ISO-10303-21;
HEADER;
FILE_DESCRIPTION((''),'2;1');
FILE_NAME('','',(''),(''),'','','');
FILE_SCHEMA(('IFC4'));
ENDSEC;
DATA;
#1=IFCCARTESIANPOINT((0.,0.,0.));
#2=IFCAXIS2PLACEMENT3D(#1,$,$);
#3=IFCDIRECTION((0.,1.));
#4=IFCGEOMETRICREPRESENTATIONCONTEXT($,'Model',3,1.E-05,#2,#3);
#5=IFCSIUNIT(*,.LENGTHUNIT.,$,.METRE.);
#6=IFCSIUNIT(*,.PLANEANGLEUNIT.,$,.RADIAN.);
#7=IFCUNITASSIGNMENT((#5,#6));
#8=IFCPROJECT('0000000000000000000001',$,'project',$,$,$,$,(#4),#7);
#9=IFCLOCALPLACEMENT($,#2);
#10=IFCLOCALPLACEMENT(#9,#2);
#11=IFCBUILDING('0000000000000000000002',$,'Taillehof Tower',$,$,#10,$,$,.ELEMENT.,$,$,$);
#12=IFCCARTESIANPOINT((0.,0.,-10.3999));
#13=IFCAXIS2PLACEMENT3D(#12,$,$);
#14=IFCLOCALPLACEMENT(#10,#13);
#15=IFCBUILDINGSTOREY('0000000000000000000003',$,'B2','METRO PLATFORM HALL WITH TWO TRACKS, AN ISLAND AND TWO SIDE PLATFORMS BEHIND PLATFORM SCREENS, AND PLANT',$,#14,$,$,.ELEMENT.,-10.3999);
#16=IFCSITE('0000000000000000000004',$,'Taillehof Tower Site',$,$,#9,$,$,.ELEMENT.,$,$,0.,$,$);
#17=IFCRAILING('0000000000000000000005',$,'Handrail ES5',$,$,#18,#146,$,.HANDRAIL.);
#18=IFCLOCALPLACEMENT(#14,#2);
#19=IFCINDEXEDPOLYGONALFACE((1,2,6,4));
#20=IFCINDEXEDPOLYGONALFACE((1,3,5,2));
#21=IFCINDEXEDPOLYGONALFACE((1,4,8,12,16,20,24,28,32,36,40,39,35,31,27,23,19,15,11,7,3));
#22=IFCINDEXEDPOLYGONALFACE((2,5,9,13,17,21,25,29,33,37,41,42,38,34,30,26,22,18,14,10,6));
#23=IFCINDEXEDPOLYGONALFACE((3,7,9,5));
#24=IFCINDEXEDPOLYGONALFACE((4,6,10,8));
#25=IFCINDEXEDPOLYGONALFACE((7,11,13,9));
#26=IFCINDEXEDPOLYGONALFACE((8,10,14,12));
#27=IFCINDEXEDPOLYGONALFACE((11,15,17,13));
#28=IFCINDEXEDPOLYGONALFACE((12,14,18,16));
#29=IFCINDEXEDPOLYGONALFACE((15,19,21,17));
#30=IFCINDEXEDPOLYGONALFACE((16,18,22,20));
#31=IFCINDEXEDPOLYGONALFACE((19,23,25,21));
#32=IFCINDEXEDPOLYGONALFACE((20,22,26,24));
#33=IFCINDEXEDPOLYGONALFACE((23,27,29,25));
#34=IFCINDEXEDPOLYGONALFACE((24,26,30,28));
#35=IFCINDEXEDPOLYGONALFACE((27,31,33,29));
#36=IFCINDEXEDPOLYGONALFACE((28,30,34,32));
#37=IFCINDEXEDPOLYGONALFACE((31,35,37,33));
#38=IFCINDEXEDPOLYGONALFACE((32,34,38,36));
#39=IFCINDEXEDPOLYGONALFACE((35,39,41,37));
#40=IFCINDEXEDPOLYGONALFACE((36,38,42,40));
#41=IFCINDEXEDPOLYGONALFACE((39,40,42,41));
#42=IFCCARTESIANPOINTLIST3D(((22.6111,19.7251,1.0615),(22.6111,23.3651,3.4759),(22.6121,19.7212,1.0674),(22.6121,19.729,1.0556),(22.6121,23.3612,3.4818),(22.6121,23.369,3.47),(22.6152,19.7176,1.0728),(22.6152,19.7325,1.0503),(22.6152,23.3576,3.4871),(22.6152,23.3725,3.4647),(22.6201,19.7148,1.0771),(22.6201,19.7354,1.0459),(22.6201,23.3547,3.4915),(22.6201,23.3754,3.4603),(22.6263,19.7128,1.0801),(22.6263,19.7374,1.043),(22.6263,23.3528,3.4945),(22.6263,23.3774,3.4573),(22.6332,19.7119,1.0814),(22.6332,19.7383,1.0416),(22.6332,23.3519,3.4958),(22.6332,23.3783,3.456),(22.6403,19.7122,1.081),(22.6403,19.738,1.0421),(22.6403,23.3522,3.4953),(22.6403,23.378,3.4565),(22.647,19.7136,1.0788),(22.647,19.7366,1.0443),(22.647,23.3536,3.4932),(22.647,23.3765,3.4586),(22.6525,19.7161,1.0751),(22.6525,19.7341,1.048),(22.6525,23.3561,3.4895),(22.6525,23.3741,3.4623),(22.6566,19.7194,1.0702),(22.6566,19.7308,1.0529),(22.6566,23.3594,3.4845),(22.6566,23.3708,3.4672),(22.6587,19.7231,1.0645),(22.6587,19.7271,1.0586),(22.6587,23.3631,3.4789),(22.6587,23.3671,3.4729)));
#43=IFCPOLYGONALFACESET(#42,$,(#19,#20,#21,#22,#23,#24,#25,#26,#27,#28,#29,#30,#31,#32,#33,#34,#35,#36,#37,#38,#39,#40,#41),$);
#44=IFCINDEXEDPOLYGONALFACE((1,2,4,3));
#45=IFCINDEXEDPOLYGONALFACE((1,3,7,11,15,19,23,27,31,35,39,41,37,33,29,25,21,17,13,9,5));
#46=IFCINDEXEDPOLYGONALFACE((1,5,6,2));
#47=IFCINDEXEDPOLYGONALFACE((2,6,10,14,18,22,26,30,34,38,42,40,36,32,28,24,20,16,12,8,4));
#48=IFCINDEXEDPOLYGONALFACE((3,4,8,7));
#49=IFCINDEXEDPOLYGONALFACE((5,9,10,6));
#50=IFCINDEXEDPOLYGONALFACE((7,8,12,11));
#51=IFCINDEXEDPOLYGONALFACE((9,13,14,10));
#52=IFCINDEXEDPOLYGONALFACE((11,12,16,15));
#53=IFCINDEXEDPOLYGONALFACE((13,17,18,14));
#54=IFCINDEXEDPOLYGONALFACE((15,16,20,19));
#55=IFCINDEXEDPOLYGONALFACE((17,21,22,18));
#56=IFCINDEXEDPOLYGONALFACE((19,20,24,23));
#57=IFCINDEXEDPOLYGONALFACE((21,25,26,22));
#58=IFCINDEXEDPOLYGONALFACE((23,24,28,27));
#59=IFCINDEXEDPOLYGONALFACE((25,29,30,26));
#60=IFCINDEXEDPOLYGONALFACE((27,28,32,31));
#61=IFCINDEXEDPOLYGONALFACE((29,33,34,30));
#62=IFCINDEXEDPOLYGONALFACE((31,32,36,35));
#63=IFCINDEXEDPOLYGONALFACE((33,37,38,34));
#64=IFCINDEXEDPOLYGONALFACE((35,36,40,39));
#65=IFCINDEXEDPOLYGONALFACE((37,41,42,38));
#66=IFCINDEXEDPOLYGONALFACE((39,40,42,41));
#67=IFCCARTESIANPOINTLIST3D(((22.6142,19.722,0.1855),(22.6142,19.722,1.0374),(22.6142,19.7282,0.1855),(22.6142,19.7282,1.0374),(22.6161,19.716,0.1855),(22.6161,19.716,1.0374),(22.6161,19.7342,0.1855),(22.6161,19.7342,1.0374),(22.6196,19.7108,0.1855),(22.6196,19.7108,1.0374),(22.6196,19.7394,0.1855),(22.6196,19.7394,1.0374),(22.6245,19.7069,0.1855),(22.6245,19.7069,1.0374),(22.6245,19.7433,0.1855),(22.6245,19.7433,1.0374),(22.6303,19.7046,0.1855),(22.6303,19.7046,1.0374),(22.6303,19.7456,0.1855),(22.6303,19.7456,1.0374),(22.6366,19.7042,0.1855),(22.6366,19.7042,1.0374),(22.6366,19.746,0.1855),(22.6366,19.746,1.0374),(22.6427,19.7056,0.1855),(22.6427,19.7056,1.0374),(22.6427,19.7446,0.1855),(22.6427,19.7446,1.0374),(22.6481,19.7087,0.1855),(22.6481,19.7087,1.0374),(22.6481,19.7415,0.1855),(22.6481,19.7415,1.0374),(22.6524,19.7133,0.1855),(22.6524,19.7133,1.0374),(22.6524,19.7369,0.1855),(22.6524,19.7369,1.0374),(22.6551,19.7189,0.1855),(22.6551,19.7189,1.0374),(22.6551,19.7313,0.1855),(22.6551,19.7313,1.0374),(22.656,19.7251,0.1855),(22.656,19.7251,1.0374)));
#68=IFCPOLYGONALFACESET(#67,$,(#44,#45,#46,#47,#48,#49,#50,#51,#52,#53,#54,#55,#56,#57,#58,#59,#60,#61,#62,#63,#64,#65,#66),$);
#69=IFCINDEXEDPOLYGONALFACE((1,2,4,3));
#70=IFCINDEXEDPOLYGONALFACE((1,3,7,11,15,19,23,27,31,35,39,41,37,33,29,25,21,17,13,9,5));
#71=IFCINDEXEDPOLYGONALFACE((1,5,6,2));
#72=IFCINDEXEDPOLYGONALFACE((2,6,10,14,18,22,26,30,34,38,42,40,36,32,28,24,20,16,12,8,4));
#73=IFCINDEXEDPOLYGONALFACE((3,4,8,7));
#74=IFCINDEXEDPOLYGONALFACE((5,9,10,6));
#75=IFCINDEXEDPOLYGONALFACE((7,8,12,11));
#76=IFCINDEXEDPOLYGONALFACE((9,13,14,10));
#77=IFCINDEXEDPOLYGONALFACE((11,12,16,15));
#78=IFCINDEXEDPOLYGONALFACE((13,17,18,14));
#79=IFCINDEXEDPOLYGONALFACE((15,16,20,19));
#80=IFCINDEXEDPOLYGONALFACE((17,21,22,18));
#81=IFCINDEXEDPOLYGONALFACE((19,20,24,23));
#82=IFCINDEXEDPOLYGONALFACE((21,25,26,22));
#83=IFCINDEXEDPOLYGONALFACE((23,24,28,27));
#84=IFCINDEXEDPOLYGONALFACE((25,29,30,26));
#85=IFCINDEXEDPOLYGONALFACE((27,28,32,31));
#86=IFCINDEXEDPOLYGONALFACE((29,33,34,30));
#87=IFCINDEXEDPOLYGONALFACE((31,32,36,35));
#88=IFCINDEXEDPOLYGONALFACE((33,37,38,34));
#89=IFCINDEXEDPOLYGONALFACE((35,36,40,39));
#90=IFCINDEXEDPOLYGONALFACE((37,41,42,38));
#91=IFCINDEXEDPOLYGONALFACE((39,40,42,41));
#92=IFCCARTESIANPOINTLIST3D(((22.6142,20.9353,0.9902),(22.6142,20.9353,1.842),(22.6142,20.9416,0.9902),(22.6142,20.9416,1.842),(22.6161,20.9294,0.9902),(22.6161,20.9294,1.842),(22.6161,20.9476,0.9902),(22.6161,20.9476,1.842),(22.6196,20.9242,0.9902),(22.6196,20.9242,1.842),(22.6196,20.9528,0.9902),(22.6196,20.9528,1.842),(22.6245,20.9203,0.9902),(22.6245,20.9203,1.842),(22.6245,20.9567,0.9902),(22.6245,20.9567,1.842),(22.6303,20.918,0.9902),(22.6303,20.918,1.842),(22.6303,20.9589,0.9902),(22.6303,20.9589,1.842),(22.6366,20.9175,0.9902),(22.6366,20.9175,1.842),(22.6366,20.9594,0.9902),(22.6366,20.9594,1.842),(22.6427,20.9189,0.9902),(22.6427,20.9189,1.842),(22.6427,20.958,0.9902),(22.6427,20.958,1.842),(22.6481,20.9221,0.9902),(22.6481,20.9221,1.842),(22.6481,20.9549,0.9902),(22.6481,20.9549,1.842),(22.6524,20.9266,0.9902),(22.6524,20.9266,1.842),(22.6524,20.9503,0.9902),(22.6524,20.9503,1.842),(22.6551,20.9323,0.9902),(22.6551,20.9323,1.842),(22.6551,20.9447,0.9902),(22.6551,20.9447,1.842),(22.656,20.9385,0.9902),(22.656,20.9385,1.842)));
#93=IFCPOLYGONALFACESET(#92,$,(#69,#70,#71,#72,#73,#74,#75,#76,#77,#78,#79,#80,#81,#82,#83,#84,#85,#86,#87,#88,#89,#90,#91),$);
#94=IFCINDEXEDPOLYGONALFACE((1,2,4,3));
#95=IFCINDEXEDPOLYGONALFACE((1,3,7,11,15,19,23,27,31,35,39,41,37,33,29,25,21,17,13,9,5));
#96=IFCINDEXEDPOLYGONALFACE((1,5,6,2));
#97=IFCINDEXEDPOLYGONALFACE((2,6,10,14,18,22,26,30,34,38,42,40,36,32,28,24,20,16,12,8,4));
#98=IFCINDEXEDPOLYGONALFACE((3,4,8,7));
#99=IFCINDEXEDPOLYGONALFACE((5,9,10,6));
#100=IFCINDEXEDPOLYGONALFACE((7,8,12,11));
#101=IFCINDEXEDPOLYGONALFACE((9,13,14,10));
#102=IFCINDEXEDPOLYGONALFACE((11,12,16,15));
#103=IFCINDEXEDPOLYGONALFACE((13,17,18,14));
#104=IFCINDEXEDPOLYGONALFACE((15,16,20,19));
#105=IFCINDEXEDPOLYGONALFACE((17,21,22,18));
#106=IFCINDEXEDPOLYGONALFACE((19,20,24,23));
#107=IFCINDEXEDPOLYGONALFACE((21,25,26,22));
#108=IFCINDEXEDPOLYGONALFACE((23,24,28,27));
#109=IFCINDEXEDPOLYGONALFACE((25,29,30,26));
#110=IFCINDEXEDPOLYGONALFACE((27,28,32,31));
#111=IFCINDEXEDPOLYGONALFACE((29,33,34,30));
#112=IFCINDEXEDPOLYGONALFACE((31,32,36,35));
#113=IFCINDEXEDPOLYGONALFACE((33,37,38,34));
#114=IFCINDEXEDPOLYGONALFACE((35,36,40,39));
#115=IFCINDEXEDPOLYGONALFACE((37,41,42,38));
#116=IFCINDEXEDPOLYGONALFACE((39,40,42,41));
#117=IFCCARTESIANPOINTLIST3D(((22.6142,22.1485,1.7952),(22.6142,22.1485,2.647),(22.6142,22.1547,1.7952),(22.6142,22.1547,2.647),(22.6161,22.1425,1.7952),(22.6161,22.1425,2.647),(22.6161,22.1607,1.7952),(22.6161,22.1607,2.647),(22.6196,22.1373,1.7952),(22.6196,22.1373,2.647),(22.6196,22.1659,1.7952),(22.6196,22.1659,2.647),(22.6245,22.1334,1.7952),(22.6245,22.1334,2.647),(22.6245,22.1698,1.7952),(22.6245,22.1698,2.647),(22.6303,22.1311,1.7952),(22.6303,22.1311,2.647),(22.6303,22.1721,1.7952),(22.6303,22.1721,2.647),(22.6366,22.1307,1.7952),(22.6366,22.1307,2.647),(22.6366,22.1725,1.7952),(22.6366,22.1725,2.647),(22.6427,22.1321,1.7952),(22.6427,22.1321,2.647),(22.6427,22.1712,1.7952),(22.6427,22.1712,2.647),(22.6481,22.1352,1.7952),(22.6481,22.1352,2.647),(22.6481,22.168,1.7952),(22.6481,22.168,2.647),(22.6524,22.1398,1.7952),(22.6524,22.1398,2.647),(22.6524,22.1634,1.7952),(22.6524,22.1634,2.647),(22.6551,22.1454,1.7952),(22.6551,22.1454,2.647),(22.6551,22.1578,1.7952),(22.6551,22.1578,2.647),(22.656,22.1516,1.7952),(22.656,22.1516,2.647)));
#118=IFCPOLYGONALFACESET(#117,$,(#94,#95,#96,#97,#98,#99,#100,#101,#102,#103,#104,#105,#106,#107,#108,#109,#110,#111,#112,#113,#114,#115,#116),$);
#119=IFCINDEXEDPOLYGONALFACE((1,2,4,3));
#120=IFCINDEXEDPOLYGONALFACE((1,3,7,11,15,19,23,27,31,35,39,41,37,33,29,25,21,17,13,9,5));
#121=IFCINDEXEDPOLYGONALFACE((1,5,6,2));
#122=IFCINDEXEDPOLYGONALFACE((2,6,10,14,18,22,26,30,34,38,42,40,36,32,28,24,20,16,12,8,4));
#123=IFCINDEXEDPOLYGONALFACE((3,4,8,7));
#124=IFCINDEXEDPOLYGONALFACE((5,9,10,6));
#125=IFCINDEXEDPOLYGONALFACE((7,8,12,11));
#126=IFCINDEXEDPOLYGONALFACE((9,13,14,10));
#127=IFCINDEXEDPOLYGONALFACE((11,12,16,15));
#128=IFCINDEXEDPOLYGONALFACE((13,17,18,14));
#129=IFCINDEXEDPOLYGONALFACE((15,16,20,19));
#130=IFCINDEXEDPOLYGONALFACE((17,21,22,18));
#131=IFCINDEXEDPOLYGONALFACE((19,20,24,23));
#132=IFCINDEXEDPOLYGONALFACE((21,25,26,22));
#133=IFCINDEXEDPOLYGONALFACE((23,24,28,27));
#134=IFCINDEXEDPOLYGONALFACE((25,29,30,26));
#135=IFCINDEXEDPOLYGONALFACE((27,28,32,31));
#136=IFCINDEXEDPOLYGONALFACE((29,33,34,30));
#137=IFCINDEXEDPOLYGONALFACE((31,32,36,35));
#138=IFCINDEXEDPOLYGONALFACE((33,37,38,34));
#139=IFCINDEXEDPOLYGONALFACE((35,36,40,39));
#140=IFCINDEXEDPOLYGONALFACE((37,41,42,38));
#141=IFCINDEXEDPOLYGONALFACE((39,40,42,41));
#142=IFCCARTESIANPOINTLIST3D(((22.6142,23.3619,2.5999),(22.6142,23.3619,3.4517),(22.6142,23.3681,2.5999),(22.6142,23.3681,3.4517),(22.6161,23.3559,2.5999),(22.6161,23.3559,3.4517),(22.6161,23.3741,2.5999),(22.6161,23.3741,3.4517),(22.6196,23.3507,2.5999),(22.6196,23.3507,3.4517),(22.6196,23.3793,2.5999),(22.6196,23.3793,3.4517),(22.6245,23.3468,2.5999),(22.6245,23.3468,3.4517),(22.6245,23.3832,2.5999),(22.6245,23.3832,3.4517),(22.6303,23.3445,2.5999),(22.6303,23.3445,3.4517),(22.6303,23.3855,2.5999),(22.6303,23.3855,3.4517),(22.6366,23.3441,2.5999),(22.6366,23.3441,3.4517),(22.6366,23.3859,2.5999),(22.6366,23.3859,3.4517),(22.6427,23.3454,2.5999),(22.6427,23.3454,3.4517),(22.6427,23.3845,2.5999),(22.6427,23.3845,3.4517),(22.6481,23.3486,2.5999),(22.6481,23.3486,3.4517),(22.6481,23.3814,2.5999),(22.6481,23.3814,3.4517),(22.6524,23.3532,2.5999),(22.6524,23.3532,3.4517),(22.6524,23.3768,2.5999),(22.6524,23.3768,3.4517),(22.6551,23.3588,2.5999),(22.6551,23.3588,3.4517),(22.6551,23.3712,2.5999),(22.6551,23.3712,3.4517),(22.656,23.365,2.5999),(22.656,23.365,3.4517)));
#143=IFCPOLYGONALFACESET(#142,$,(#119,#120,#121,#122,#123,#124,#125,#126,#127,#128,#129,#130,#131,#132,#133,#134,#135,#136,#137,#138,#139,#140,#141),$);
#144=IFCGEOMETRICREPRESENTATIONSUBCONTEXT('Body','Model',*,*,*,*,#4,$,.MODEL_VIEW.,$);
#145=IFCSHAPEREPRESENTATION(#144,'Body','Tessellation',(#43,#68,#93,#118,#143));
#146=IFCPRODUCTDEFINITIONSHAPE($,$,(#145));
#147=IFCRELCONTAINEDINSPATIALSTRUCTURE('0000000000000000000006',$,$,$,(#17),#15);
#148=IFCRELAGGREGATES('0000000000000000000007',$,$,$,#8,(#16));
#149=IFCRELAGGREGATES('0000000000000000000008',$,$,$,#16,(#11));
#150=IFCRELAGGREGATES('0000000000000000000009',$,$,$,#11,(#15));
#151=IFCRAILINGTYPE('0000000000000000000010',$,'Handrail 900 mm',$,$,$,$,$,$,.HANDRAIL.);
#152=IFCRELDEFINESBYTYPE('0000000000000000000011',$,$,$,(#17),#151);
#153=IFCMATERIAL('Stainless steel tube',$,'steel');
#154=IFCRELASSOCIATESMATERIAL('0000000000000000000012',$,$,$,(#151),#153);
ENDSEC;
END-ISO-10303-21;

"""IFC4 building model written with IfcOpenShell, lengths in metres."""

from ifc_helpers import new_model, si_unit, direction, frame, origin, origin_2d, place, context, subcontext, project, spatial, circle, extrude, material, type_object, element, save


model = new_model("IFC4")

# Units and contexts
model_context = context("Model", 3, precision=1e-05, world=origin(), true_north=direction((0.0, 1.0)))
body_context = subcontext(model_context, "Body", "Model", "MODEL_VIEW")
ifc_project = project(units=[si_unit("LENGTHUNIT", "METRE"), si_unit("PLANEANGLEUNIT", "RADIAN")], contexts=[model_context])

# Site, building, storey
site_placement = place(None, origin())
site = spatial("IfcSite", under=ifc_project, at=site_placement, Name="Taillehof Tower Site", CompositionType="ELEMENT", RefElevation=0.0)
building_placement = place(site_placement, origin())
building = spatial("IfcBuilding", under=site, at=building_placement, Name="Taillehof Tower", CompositionType="ELEMENT")
storey_placement = place(building_placement, frame((0.0, 0.0, -10.3999)))
storey = spatial("IfcBuildingStorey", under=building, at=storey_placement, Name="B2", Description="METRO PLATFORM HALL WITH TWO TRACKS, AN ISLAND AND TWO SIDE PLATFORMS BEHIND PLATFORM SCREENS, AND PLANT", CompositionType="ELEMENT", Elevation=-10.3999)

# Railing
ifc_material_1 = material(Name="Stainless steel tube", Category="steel")
railing_type = type_object("IfcRailingType", Name="Handrail 900 mm", PredefinedType="HANDRAIL", material=ifc_material_1)
for number, where, name in (
    (1, (22.635, 19.7251, 0.1855), "Handrail ES5"),
):
    element("IfcRailing", number, at=place(storey_placement, frame(where)), inside=storey, type_object=railing_type, Name=name, PredefinedType="HANDRAIL", context=body_context, shape_type="SweptSolid", body=[
        extrude(circle(Radius=0.0239, at=origin_2d()), frame((0.0, 0.0, 0.876), z_axis=(0.0, 0.833347, 0.552751), x_axis=(-1.0, 0.0, 0.0)), (0.0, 0.0, 1.0), 4.3679),
        extrude(circle(Radius=0.021, at=origin_2d()), origin(), (0.0, 0.0, 1.0), 0.8518),
        extrude(circle(Radius=0.021, at=origin_2d()), frame((0.0, 1.2134, 0.8047)), (0.0, 0.0, 1.0), 0.8518),
        extrude(circle(Radius=0.021, at=origin_2d()), frame((0.0, 2.4265, 1.6096)), (0.0, 0.0, 1.0), 0.8518),
        extrude(circle(Radius=0.021, at=origin_2d()), frame((0.0, 3.6399, 2.4143)), (0.0, 0.0, 1.0), 0.8518),
    ])

save(model, "model.ifc")
